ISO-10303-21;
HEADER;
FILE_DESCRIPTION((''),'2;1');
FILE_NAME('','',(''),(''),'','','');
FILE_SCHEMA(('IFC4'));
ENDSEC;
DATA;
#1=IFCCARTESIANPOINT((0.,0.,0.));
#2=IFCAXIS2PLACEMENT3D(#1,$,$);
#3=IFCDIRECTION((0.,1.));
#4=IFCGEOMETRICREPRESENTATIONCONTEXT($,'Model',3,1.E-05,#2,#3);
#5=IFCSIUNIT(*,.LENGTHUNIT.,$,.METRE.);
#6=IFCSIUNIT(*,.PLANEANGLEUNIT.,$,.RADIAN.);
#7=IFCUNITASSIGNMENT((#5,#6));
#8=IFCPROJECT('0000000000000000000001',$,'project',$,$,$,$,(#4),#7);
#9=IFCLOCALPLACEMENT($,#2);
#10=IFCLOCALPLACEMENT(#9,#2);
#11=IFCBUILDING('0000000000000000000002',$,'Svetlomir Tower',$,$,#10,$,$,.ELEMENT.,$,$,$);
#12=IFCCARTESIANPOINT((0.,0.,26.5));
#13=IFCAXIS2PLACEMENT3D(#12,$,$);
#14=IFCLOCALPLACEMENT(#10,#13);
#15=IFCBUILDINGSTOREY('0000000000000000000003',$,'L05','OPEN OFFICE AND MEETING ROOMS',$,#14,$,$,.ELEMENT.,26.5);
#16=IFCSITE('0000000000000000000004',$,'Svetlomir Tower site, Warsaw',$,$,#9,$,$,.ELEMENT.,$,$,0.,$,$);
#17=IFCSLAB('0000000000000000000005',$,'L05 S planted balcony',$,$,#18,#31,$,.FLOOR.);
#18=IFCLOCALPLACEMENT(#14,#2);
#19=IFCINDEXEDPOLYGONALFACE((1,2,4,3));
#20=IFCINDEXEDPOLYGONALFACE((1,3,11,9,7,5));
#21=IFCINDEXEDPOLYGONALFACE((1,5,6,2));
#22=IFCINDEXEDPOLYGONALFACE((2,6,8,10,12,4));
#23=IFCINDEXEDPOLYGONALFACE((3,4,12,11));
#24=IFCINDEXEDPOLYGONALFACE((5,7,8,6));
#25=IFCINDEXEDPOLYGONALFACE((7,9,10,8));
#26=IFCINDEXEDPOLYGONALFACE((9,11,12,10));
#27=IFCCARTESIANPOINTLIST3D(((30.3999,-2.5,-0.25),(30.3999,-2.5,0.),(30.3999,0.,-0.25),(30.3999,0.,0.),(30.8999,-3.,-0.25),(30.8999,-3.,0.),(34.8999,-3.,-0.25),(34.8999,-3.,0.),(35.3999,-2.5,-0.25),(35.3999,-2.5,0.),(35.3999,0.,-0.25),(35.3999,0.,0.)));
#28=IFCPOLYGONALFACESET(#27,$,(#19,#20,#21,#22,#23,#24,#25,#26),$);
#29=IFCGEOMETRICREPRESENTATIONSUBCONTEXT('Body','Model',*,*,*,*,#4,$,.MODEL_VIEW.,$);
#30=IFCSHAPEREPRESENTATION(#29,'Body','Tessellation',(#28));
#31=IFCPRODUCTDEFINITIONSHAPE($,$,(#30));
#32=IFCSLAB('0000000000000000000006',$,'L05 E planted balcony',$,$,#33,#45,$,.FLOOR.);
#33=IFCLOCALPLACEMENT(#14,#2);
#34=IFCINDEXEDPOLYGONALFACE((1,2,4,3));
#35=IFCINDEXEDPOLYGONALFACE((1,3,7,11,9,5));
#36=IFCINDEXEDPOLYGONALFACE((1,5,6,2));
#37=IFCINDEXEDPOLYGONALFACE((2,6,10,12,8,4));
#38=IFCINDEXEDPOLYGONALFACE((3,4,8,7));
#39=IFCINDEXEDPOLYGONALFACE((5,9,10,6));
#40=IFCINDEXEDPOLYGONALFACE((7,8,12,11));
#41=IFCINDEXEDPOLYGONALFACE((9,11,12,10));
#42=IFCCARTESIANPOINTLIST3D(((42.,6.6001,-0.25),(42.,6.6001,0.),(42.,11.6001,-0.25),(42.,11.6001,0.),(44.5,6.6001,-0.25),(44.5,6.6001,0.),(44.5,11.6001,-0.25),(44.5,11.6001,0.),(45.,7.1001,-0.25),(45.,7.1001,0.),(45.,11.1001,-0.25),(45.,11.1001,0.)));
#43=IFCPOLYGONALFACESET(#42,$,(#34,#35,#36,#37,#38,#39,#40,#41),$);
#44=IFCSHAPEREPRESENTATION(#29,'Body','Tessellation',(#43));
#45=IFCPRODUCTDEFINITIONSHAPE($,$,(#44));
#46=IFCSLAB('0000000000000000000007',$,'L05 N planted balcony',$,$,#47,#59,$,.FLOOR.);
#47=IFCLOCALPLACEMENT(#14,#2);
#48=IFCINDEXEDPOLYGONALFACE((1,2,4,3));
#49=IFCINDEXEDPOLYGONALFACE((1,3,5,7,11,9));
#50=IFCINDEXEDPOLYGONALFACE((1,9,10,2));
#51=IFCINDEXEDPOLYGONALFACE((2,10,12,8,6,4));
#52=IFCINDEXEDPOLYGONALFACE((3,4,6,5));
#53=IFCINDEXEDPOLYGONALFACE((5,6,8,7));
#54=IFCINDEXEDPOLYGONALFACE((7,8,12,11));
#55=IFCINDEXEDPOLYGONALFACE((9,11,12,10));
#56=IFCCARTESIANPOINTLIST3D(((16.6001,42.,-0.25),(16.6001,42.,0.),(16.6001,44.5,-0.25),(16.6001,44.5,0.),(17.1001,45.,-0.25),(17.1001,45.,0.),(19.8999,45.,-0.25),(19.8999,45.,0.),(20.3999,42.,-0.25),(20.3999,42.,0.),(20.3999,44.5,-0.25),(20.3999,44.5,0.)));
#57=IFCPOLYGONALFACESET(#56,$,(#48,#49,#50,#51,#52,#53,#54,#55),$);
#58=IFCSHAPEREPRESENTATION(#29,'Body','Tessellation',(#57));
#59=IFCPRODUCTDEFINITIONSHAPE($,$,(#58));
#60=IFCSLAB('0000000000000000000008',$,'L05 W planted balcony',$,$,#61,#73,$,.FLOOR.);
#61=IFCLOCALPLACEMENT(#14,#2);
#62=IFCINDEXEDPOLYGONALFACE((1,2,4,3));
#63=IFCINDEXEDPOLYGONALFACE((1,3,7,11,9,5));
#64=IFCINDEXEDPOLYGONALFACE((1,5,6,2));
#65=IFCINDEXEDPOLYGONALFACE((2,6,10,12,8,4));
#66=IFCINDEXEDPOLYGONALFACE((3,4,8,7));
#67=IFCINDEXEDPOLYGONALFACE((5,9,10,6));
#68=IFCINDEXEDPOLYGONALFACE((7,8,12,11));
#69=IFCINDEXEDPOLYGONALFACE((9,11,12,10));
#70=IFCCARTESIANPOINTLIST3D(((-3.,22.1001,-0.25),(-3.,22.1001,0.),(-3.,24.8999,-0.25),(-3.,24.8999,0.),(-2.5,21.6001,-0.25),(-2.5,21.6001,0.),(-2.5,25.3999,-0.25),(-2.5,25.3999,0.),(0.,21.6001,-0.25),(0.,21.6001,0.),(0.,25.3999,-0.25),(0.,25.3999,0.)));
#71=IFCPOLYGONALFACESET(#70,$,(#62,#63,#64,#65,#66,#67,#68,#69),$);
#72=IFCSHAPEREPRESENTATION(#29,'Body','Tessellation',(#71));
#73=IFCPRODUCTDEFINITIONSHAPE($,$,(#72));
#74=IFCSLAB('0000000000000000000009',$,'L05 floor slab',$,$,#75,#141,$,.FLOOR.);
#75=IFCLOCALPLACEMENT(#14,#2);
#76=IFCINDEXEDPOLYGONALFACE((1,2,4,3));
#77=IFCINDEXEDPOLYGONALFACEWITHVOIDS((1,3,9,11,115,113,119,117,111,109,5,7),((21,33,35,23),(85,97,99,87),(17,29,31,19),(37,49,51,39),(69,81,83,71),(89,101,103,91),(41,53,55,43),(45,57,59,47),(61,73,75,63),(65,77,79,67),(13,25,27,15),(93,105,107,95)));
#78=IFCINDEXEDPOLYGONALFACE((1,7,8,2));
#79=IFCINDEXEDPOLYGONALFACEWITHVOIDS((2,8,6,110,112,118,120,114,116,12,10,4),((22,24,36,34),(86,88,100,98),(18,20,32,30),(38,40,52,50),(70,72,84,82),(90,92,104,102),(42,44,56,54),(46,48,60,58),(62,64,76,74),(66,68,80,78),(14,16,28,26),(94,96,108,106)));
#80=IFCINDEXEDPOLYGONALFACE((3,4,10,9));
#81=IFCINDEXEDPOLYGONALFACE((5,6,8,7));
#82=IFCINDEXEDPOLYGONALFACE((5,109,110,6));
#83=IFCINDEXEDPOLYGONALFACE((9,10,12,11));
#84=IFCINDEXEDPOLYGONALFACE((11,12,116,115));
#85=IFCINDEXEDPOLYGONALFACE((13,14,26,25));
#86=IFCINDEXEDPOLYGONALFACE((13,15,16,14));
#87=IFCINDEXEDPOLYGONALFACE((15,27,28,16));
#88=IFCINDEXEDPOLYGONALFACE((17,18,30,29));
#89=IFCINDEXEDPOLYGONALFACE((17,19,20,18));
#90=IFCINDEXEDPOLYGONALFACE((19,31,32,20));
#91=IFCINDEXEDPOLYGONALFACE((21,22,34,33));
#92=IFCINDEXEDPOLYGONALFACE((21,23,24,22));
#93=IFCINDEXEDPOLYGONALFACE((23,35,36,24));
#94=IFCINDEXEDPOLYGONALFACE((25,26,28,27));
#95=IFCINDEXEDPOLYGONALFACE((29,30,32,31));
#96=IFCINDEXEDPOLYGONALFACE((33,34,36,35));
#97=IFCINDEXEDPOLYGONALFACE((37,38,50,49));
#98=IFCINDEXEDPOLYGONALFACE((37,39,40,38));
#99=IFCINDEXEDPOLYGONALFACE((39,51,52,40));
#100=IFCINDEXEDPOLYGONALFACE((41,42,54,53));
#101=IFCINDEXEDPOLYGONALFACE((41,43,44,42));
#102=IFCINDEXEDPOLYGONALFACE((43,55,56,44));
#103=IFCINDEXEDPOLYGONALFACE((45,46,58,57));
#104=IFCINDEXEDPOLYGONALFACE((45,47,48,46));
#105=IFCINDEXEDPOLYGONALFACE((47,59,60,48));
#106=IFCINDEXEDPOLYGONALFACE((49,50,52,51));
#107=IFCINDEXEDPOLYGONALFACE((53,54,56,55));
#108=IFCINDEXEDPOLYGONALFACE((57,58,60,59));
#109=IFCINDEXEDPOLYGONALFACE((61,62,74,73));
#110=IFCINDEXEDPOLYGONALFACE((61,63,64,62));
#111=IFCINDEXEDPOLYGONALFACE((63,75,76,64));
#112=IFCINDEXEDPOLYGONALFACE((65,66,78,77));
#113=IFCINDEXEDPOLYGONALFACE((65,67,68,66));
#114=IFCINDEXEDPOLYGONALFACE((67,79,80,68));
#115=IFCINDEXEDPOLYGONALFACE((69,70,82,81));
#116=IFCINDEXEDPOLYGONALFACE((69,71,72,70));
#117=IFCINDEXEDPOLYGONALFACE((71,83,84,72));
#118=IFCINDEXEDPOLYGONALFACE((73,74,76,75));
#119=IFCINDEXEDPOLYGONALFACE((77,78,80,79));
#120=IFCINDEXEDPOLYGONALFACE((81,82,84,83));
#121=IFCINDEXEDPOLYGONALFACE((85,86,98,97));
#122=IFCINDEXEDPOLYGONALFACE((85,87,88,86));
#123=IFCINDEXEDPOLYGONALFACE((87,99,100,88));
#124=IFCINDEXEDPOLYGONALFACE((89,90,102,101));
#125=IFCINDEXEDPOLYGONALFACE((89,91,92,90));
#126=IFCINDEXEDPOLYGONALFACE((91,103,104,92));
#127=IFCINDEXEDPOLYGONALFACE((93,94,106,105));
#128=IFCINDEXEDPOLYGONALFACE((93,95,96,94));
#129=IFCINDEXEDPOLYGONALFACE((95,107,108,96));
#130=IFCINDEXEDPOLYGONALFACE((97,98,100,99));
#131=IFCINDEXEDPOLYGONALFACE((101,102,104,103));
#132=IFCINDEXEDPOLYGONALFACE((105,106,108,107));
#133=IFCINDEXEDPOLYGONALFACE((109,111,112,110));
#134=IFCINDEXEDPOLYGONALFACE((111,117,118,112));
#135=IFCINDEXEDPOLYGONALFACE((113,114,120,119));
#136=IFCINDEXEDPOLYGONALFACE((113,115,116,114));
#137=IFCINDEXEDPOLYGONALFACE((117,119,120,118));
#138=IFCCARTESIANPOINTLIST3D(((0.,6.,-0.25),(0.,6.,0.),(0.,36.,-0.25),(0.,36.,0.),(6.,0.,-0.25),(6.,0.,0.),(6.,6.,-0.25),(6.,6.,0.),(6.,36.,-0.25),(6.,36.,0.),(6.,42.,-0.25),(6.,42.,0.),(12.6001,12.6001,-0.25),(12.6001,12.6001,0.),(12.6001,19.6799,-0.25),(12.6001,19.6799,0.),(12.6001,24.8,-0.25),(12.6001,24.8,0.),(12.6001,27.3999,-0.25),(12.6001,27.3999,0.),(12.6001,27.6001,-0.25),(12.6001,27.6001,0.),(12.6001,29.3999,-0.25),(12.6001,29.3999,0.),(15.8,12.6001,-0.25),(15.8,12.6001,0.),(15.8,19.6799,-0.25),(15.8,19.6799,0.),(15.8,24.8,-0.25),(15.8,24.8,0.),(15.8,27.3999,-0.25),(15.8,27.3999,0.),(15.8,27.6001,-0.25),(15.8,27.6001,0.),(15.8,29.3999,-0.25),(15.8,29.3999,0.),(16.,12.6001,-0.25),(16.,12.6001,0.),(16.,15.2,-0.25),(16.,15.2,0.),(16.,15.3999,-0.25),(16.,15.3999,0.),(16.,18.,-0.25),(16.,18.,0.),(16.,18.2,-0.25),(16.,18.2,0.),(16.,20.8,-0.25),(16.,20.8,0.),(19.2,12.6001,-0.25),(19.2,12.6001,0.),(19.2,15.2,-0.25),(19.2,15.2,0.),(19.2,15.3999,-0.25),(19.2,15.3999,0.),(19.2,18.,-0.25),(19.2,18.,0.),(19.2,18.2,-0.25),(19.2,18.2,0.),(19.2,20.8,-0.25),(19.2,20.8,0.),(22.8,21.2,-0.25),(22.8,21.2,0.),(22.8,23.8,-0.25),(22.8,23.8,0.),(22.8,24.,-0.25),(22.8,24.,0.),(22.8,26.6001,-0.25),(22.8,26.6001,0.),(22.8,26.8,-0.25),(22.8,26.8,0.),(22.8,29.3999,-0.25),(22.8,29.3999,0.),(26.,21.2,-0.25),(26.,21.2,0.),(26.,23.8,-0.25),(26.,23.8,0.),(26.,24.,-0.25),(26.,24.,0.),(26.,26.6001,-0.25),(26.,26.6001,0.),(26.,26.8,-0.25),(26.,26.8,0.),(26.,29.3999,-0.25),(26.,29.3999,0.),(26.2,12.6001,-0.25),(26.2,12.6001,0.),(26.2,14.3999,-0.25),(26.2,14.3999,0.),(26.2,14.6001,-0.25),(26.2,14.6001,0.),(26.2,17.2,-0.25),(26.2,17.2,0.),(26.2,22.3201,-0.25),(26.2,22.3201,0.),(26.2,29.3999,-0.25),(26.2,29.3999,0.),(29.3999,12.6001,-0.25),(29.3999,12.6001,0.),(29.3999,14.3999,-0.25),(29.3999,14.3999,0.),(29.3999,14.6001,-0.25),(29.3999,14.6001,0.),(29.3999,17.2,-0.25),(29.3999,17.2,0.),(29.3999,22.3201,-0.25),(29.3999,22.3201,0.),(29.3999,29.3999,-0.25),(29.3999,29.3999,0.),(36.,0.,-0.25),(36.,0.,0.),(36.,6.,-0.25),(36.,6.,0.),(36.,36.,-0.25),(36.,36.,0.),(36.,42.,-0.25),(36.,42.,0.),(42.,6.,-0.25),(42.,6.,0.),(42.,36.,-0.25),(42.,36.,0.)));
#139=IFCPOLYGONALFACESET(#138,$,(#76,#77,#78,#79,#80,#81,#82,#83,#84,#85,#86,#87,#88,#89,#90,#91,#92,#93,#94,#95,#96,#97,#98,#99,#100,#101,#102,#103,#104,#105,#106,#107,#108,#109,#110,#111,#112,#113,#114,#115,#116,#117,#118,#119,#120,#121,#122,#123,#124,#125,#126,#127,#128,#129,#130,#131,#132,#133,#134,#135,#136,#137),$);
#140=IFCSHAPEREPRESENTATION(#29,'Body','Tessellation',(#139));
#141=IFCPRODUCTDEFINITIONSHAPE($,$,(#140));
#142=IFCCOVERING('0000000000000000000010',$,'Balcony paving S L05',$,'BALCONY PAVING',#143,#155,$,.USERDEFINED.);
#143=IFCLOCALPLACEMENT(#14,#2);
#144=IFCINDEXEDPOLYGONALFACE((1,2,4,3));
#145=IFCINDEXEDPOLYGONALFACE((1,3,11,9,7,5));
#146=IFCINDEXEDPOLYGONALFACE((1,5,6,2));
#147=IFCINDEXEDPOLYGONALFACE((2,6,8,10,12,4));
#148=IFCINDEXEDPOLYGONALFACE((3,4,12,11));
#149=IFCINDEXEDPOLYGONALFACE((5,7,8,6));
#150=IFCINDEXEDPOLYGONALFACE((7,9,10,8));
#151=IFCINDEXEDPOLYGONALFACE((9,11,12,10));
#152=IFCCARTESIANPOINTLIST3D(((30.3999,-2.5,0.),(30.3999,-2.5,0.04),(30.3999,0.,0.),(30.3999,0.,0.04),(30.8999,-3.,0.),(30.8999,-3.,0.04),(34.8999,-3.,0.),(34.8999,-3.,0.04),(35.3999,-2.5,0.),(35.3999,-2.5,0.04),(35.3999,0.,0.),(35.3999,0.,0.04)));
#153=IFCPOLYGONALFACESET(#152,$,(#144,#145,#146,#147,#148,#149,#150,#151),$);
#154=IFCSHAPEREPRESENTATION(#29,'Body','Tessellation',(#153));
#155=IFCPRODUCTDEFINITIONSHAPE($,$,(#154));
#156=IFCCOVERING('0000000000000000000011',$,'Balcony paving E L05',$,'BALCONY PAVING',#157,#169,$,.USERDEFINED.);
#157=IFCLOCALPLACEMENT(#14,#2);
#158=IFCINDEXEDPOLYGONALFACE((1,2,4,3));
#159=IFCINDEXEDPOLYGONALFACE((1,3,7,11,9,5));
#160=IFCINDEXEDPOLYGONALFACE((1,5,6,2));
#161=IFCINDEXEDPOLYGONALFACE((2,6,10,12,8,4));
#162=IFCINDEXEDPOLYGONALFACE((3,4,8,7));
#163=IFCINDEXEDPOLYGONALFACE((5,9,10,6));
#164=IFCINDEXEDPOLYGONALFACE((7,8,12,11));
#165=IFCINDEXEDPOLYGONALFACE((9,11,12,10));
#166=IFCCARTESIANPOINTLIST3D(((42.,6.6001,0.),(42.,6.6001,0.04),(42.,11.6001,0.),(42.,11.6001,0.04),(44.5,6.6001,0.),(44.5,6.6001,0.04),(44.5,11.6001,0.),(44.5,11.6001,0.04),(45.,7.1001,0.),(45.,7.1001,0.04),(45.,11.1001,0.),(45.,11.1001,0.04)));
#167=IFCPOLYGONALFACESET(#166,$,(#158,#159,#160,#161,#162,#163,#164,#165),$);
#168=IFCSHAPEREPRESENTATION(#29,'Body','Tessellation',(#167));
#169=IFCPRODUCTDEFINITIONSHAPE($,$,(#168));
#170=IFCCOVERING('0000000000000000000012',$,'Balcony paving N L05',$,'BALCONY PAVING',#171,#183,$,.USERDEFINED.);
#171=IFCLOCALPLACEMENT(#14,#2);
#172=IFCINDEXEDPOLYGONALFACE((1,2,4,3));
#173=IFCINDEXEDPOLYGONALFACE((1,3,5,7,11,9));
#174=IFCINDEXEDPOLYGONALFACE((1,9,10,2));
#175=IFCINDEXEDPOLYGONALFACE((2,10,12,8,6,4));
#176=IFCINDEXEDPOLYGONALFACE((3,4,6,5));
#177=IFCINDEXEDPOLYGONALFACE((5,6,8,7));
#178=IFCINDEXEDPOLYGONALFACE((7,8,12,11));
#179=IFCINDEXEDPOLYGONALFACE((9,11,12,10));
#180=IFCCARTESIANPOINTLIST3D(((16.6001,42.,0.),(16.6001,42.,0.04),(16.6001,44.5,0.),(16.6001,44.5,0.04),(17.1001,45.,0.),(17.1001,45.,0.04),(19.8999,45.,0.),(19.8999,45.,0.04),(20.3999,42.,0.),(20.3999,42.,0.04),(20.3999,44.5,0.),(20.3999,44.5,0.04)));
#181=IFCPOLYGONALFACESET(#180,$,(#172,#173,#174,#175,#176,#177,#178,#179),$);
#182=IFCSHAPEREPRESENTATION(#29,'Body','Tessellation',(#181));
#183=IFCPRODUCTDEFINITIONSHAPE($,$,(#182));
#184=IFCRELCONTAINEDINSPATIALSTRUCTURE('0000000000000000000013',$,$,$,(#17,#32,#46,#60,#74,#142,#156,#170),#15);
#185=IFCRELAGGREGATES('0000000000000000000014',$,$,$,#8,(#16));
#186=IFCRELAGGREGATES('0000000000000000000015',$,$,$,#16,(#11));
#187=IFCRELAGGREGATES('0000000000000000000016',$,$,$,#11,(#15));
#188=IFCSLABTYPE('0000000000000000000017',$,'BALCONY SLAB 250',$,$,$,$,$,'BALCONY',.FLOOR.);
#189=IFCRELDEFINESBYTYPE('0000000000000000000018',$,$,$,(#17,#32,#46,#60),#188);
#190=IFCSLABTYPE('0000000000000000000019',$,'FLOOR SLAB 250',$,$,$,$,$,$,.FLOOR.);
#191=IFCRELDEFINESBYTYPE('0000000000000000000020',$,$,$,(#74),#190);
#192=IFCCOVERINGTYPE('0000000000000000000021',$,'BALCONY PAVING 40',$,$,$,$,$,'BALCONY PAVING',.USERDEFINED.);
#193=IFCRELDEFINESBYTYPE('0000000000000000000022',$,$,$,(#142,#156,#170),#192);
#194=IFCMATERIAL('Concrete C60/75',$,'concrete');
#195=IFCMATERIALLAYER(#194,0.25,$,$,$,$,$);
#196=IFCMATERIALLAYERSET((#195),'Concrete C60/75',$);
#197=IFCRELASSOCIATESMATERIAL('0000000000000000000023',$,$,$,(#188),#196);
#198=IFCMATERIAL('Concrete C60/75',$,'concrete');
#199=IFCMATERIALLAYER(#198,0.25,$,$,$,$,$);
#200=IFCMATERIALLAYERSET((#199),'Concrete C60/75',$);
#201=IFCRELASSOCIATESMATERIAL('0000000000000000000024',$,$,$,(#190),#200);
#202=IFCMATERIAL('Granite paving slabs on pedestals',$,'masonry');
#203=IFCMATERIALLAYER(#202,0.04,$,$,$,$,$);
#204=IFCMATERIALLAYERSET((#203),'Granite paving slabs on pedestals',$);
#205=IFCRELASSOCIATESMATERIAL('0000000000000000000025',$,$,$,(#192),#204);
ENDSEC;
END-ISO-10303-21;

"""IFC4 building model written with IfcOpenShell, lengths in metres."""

from ifc_helpers import new_model, si_unit, direction, frame, origin, place, context, subcontext, project, spatial, polyline, outline, extrude, material, layer, layer_set, type_object, element, save


model = new_model("IFC4")

# Units and contexts
model_context = context("Model", 3, precision=1e-05, world=origin(), true_north=direction((0.0, 1.0)))
body_context = subcontext(model_context, "Body", "Model", "MODEL_VIEW")
ifc_project = project(units=[si_unit("LENGTHUNIT", "METRE"), si_unit("PLANEANGLEUNIT", "RADIAN")], contexts=[model_context])

# Site, building, storey
site_placement = place(None, origin())
site = spatial("IfcSite", under=ifc_project, at=site_placement, Name="Svetlomir Tower site, Warsaw", CompositionType="ELEMENT", RefElevation=0.0)
building_placement = place(site_placement, origin())
building = spatial("IfcBuilding", under=site, at=building_placement, Name="Svetlomir Tower", CompositionType="ELEMENT")
storey_placement = place(building_placement, frame((0.0, 0.0, 26.5)))
storey = spatial("IfcBuildingStorey", under=building, at=storey_placement, Name="L05", Description="OPEN OFFICE AND MEETING ROOMS", CompositionType="ELEMENT", Elevation=26.5)

# Slabs
ifc_material_1 = material(Name="Concrete C60/75", Category="concrete")
ifc_layer_1 = layer(ifc_material_1, 0.25)
ifc_layer_set_1 = layer_set([ifc_layer_1], Name="Concrete C60/75")
slab_type_1 = type_object("IfcSlabType", Name="BALCONY SLAB 250", ElementType="BALCONY", PredefinedType="FLOOR", material=ifc_layer_set_1)
slab_1_placement = place(storey_placement, frame((0.0, 0.0, -0.25)))
element("IfcSlab", 1, at=slab_1_placement, inside=storey, type_object=slab_type_1, Name="L05 S planted balcony", PredefinedType="FLOOR", context=body_context, shape_type="SweptSolid", body=[
    extrude(outline(polyline([(30.3999, -2.5), (30.8999, -3.0), (34.8999, -3.0), (35.3999, -2.5), (35.3999, 0.0), (30.3999, 0.0), (30.3999, -2.5)])), origin(), (0.0, 0.0, 1.0), 0.25),
])
slab_2_placement = place(storey_placement, frame((0.0, 0.0, -0.25)))
element("IfcSlab", 2, at=slab_2_placement, inside=storey, type_object=slab_type_1, Name="L05 E planted balcony", PredefinedType="FLOOR", context=body_context, shape_type="SweptSolid", body=[
    extrude(outline(polyline([(42.0, 6.6001), (44.5, 6.6001), (45.0, 7.1001), (45.0, 11.1001), (44.5, 11.6001), (42.0, 11.6001), (42.0, 6.6001)])), origin(), (0.0, 0.0, 1.0), 0.25),
])
slab_3_placement = place(storey_placement, frame((0.0, 0.0, -0.25)))
element("IfcSlab", 3, at=slab_3_placement, inside=storey, type_object=slab_type_1, Name="L05 N planted balcony", PredefinedType="FLOOR", context=body_context, shape_type="SweptSolid", body=[
    extrude(outline(polyline([(16.6001, 42.0), (20.3999, 42.0), (20.3999, 44.5), (19.8999, 45.0), (17.1001, 45.0), (16.6001, 44.5), (16.6001, 42.0)])), origin(), (0.0, 0.0, 1.0), 0.25),
])
slab_4_placement = place(storey_placement, frame((0.0, 0.0, -0.25)))
element("IfcSlab", 4, at=slab_4_placement, inside=storey, type_object=slab_type_1, Name="L05 W planted balcony", PredefinedType="FLOOR", context=body_context, shape_type="SweptSolid", body=[
    extrude(outline(polyline([(-2.5, 21.6001), (0.0, 21.6001), (0.0, 25.3999), (-2.5, 25.3999), (-3.0, 24.8999), (-3.0, 22.1001), (-2.5, 21.6001)])), origin(), (0.0, 0.0, 1.0), 0.25),
])
ifc_material_2 = material(Name="Concrete C60/75", Category="concrete")
ifc_layer_2 = layer(ifc_material_2, 0.25)
ifc_layer_set_2 = layer_set([ifc_layer_2], Name="Concrete C60/75")
slab_type_2 = type_object("IfcSlabType", Name="FLOOR SLAB 250", PredefinedType="FLOOR", material=ifc_layer_set_2)
slab_5_placement = place(storey_placement, frame((0.0, 0.0, -0.25)))
element("IfcSlab", 5, at=slab_5_placement, inside=storey, type_object=slab_type_2, Name="L05 floor slab", PredefinedType="FLOOR", context=body_context, shape_type="SweptSolid", body=[
    extrude(outline(polyline([(6.0, 0.0), (36.0, 0.0), (36.0, 6.0), (42.0, 6.0), (42.0, 36.0), (36.0, 36.0), (36.0, 42.0), (6.0, 42.0), (6.0, 36.0), (0.0, 36.0), (0.0, 6.0), (6.0, 6.0), (6.0, 0.0)]), holes=[polyline([(12.6001, 24.8), (15.8, 24.8), (15.8, 27.3999), (12.6001, 27.3999), (12.6001, 24.8)]), polyline([(26.2, 14.6001), (29.3999, 14.6001), (29.3999, 17.2), (26.2, 17.2), (26.2, 14.6001)]), polyline([(16.0, 12.6001), (19.2, 12.6001), (19.2, 15.2), (16.0, 15.2), (16.0, 12.6001)]), polyline([(16.0, 15.3999), (19.2, 15.3999), (19.2, 18.0), (16.0, 18.0), (16.0, 15.3999)]), polyline([(16.0, 18.2), (19.2, 18.2), (19.2, 20.8), (16.0, 20.8), (16.0, 18.2)]), polyline([(22.8, 21.2), (26.0, 21.2), (26.0, 23.8), (22.8, 23.8), (22.8, 21.2)]), polyline([(22.8, 24.0), (26.0, 24.0), (26.0, 26.6001), (22.8, 26.6001), (22.8, 24.0)]), polyline([(22.8, 26.8), (26.0, 26.8), (26.0, 29.3999), (22.8, 29.3999), (22.8, 26.8)]), polyline([(12.6001, 27.6001), (15.8, 27.6001), (15.8, 29.3999), (12.6001, 29.3999), (12.6001, 27.6001)]), polyline([(26.2, 12.6001), (29.3999, 12.6001), (29.3999, 14.3999), (26.2, 14.3999), (26.2, 12.6001)]), polyline([(12.6001, 12.6001), (15.8, 12.6001), (15.8, 19.6799), (12.6001, 19.6799), (12.6001, 12.6001)]), polyline([(26.2, 22.3201), (29.3999, 22.3201), (29.3999, 29.3999), (26.2, 29.3999), (26.2, 22.3201)])]), origin(), (0.0, 0.0, 1.0), 0.25),
])

# Coverings
ifc_material_3 = material(Name="Granite paving slabs on pedestals", Category="masonry")
ifc_layer_3 = layer(ifc_material_3, 0.04)
ifc_layer_set_3 = layer_set([ifc_layer_3], Name="Granite paving slabs on pedestals")
covering_type_1 = type_object("IfcCoveringType", Name="BALCONY PAVING 40", ElementType="BALCONY PAVING", PredefinedType="USERDEFINED", material=ifc_layer_set_3)
covering_1_placement = place(storey_placement, origin())
element("IfcCovering", 6, at=covering_1_placement, inside=storey, type_object=covering_type_1, Name="Balcony paving S L05", ObjectType="BALCONY PAVING", PredefinedType="USERDEFINED", context=body_context, shape_type="SweptSolid", body=[
    extrude(outline(polyline([(30.3999, -2.5), (30.8999, -3.0), (34.8999, -3.0), (35.3999, -2.5), (35.3999, 0.0), (30.3999, 0.0), (30.3999, -2.5)])), origin(), (0.0, 0.0, 1.0), 0.04),
])
covering_2_placement = place(storey_placement, origin())
element("IfcCovering", 7, at=covering_2_placement, inside=storey, type_object=covering_type_1, Name="Balcony paving E L05", ObjectType="BALCONY PAVING", PredefinedType="USERDEFINED", context=body_context, shape_type="SweptSolid", body=[
    extrude(outline(polyline([(42.0, 6.6001), (44.5, 6.6001), (45.0, 7.1001), (45.0, 11.1001), (44.5, 11.6001), (42.0, 11.6001), (42.0, 6.6001)])), origin(), (0.0, 0.0, 1.0), 0.04),
])
covering_3_placement = place(storey_placement, origin())
element("IfcCovering", 8, at=covering_3_placement, inside=storey, type_object=covering_type_1, Name="Balcony paving N L05", ObjectType="BALCONY PAVING", PredefinedType="USERDEFINED", context=body_context, shape_type="SweptSolid", body=[
    extrude(outline(polyline([(16.6001, 42.0), (20.3999, 42.0), (20.3999, 44.5), (19.8999, 45.0), (17.1001, 45.0), (16.6001, 44.5), (16.6001, 42.0)])), origin(), (0.0, 0.0, 1.0), 0.04),
])

save(model, "model.ifc")
